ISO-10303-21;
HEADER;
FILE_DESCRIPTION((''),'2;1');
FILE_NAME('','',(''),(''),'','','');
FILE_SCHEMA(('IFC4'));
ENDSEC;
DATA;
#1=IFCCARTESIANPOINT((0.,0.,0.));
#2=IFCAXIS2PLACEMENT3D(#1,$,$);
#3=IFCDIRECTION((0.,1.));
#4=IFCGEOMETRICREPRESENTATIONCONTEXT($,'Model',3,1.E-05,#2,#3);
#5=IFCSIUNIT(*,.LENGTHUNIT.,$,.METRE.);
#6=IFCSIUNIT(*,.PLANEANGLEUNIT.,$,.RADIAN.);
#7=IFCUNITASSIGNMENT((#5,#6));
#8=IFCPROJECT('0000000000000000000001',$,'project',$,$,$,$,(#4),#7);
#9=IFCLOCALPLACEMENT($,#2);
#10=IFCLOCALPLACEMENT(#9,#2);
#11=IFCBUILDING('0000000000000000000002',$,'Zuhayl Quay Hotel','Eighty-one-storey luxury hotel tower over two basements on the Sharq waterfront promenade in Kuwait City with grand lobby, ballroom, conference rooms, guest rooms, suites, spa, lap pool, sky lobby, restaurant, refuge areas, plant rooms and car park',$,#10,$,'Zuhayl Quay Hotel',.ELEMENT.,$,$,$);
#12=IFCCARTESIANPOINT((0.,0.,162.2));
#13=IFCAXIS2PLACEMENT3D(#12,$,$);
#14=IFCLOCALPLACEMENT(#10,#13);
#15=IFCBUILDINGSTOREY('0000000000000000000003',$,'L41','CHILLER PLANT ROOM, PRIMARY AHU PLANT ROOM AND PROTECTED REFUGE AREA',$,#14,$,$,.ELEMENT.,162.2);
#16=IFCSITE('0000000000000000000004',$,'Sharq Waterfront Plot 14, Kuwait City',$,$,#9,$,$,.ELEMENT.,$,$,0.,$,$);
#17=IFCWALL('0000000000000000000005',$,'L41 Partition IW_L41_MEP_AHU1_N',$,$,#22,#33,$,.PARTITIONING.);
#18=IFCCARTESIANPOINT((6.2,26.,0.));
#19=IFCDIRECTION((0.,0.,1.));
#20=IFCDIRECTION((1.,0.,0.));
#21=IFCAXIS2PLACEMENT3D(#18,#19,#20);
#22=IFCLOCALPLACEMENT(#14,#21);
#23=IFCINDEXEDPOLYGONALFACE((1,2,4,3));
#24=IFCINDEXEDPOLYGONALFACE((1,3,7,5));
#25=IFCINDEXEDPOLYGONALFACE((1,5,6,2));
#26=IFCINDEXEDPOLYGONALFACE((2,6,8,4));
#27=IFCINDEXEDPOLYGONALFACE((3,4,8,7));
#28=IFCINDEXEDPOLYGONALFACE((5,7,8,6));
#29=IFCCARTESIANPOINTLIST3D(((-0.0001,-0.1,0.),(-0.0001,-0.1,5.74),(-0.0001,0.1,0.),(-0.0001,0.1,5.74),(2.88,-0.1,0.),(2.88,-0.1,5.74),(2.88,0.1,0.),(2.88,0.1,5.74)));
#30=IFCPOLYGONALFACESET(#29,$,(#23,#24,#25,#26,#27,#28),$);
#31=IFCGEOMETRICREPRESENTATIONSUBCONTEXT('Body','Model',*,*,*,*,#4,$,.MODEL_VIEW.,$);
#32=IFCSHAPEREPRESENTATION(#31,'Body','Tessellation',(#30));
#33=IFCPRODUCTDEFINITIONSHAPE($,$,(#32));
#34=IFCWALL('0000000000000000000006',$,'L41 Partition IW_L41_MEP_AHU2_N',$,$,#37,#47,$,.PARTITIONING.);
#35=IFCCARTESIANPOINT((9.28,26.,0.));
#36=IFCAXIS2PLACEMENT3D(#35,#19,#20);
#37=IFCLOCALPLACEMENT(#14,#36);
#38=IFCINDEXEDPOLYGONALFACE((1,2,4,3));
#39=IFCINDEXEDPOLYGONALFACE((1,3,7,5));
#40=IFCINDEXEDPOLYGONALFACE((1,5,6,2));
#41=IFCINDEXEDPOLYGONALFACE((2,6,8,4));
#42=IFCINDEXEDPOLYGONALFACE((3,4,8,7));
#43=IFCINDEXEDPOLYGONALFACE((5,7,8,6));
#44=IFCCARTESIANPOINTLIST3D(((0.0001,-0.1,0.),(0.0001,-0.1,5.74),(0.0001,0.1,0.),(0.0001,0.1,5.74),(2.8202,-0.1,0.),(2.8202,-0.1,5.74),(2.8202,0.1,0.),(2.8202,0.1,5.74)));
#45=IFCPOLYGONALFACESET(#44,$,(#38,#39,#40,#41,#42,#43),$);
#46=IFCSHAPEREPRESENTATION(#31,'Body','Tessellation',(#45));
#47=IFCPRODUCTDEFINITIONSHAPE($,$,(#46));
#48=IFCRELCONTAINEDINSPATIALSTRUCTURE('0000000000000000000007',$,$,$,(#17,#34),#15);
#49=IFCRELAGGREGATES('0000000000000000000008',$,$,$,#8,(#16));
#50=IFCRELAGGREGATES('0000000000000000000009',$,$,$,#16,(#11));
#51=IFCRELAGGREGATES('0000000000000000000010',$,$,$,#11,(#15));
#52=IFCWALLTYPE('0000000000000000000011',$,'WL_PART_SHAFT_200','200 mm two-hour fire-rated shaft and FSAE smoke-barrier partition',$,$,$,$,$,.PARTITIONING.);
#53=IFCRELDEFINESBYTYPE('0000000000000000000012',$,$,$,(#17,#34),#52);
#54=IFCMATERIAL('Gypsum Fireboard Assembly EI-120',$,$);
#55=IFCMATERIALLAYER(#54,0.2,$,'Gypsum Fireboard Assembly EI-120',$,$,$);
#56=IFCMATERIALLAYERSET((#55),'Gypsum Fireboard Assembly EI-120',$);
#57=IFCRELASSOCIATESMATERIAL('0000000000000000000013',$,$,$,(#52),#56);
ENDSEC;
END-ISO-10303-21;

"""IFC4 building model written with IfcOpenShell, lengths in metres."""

from ifc_helpers import new_model, si_unit, direction, frame, frame_2d, origin, place, context, subcontext, project, spatial, rectangle, extrude, material, layer, layer_set, type_object, element, save


model = new_model("IFC4")

# Units and contexts
model_context = context("Model", 3, precision=1e-05, world=origin(), true_north=direction((0.0, 1.0)))
body_context = subcontext(model_context, "Body", "Model", "MODEL_VIEW")
ifc_project = project(units=[si_unit("LENGTHUNIT", "METRE"), si_unit("PLANEANGLEUNIT", "RADIAN")], contexts=[model_context])

# Site, building, storey
site_placement = place(None, origin())
site = spatial("IfcSite", under=ifc_project, at=site_placement, Name="Sharq Waterfront Plot 14, Kuwait City", CompositionType="ELEMENT", RefElevation=0.0)
building_placement = place(site_placement, origin())
building = spatial("IfcBuilding", under=site, at=building_placement, Name="Zuhayl Quay Hotel", Description="Eighty-one-storey luxury hotel tower over two basements on the Sharq waterfront promenade in Kuwait City with grand lobby, ballroom, conference rooms, guest rooms, suites, spa, lap pool, sky lobby, restaurant, refuge areas, plant rooms and car park", LongName="Zuhayl Quay Hotel", CompositionType="ELEMENT")
storey_placement = place(building_placement, frame((0.0, 0.0, 162.2)))
storey = spatial("IfcBuildingStorey", under=building, at=storey_placement, Name="L41", Description="CHILLER PLANT ROOM, PRIMARY AHU PLANT ROOM AND PROTECTED REFUGE AREA", CompositionType="ELEMENT", Elevation=162.2)

# Shared definitions
ifc_material_1 = material(Name="Gypsum Fireboard Assembly EI-120")
ifc_layer_1 = layer(ifc_material_1, 0.2, Name="Gypsum Fireboard Assembly EI-120")
ifc_layer_set_1 = layer_set([ifc_layer_1], Name="Gypsum Fireboard Assembly EI-120")
wall_type = type_object("IfcWallType", Name="WL_PART_SHAFT_200", Description="200 mm two-hour fire-rated shaft and FSAE smoke-barrier partition", PredefinedType="PARTITIONING", material=ifc_layer_set_1)

# Walls
wall_1_placement = place(storey_placement, frame((6.2, 26.0, 0.0), z_axis=(0.0, 0.0, 1.0), x_axis=(1.0, 0.0, 0.0)))
element("IfcWall", 1, at=wall_1_placement, inside=storey, type_object=wall_type, Name="L41 Partition IW_L41_MEP_AHU1_N", PredefinedType="PARTITIONING", context=body_context, shape_type="SweptSolid", body=[
    extrude(rectangle(XDim=2.8801, YDim=0.2, at=frame_2d((1.4399, 0.0))), origin(), (0.0, 0.0, 1.0), 5.74),
])
wall_2_placement = place(storey_placement, frame((9.28, 26.0, 0.0), z_axis=(0.0, 0.0, 1.0), x_axis=(1.0, 0.0, 0.0)))
element("IfcWall", 2, at=wall_2_placement, inside=storey, type_object=wall_type, Name="L41 Partition IW_L41_MEP_AHU2_N", PredefinedType="PARTITIONING", context=body_context, shape_type="SweptSolid", body=[
    extrude(rectangle(XDim=2.8201, YDim=0.2, at=frame_2d((1.4102, 0.0))), origin(), (0.0, 0.0, 1.0), 5.74),
])

save(model, "model.ifc")
